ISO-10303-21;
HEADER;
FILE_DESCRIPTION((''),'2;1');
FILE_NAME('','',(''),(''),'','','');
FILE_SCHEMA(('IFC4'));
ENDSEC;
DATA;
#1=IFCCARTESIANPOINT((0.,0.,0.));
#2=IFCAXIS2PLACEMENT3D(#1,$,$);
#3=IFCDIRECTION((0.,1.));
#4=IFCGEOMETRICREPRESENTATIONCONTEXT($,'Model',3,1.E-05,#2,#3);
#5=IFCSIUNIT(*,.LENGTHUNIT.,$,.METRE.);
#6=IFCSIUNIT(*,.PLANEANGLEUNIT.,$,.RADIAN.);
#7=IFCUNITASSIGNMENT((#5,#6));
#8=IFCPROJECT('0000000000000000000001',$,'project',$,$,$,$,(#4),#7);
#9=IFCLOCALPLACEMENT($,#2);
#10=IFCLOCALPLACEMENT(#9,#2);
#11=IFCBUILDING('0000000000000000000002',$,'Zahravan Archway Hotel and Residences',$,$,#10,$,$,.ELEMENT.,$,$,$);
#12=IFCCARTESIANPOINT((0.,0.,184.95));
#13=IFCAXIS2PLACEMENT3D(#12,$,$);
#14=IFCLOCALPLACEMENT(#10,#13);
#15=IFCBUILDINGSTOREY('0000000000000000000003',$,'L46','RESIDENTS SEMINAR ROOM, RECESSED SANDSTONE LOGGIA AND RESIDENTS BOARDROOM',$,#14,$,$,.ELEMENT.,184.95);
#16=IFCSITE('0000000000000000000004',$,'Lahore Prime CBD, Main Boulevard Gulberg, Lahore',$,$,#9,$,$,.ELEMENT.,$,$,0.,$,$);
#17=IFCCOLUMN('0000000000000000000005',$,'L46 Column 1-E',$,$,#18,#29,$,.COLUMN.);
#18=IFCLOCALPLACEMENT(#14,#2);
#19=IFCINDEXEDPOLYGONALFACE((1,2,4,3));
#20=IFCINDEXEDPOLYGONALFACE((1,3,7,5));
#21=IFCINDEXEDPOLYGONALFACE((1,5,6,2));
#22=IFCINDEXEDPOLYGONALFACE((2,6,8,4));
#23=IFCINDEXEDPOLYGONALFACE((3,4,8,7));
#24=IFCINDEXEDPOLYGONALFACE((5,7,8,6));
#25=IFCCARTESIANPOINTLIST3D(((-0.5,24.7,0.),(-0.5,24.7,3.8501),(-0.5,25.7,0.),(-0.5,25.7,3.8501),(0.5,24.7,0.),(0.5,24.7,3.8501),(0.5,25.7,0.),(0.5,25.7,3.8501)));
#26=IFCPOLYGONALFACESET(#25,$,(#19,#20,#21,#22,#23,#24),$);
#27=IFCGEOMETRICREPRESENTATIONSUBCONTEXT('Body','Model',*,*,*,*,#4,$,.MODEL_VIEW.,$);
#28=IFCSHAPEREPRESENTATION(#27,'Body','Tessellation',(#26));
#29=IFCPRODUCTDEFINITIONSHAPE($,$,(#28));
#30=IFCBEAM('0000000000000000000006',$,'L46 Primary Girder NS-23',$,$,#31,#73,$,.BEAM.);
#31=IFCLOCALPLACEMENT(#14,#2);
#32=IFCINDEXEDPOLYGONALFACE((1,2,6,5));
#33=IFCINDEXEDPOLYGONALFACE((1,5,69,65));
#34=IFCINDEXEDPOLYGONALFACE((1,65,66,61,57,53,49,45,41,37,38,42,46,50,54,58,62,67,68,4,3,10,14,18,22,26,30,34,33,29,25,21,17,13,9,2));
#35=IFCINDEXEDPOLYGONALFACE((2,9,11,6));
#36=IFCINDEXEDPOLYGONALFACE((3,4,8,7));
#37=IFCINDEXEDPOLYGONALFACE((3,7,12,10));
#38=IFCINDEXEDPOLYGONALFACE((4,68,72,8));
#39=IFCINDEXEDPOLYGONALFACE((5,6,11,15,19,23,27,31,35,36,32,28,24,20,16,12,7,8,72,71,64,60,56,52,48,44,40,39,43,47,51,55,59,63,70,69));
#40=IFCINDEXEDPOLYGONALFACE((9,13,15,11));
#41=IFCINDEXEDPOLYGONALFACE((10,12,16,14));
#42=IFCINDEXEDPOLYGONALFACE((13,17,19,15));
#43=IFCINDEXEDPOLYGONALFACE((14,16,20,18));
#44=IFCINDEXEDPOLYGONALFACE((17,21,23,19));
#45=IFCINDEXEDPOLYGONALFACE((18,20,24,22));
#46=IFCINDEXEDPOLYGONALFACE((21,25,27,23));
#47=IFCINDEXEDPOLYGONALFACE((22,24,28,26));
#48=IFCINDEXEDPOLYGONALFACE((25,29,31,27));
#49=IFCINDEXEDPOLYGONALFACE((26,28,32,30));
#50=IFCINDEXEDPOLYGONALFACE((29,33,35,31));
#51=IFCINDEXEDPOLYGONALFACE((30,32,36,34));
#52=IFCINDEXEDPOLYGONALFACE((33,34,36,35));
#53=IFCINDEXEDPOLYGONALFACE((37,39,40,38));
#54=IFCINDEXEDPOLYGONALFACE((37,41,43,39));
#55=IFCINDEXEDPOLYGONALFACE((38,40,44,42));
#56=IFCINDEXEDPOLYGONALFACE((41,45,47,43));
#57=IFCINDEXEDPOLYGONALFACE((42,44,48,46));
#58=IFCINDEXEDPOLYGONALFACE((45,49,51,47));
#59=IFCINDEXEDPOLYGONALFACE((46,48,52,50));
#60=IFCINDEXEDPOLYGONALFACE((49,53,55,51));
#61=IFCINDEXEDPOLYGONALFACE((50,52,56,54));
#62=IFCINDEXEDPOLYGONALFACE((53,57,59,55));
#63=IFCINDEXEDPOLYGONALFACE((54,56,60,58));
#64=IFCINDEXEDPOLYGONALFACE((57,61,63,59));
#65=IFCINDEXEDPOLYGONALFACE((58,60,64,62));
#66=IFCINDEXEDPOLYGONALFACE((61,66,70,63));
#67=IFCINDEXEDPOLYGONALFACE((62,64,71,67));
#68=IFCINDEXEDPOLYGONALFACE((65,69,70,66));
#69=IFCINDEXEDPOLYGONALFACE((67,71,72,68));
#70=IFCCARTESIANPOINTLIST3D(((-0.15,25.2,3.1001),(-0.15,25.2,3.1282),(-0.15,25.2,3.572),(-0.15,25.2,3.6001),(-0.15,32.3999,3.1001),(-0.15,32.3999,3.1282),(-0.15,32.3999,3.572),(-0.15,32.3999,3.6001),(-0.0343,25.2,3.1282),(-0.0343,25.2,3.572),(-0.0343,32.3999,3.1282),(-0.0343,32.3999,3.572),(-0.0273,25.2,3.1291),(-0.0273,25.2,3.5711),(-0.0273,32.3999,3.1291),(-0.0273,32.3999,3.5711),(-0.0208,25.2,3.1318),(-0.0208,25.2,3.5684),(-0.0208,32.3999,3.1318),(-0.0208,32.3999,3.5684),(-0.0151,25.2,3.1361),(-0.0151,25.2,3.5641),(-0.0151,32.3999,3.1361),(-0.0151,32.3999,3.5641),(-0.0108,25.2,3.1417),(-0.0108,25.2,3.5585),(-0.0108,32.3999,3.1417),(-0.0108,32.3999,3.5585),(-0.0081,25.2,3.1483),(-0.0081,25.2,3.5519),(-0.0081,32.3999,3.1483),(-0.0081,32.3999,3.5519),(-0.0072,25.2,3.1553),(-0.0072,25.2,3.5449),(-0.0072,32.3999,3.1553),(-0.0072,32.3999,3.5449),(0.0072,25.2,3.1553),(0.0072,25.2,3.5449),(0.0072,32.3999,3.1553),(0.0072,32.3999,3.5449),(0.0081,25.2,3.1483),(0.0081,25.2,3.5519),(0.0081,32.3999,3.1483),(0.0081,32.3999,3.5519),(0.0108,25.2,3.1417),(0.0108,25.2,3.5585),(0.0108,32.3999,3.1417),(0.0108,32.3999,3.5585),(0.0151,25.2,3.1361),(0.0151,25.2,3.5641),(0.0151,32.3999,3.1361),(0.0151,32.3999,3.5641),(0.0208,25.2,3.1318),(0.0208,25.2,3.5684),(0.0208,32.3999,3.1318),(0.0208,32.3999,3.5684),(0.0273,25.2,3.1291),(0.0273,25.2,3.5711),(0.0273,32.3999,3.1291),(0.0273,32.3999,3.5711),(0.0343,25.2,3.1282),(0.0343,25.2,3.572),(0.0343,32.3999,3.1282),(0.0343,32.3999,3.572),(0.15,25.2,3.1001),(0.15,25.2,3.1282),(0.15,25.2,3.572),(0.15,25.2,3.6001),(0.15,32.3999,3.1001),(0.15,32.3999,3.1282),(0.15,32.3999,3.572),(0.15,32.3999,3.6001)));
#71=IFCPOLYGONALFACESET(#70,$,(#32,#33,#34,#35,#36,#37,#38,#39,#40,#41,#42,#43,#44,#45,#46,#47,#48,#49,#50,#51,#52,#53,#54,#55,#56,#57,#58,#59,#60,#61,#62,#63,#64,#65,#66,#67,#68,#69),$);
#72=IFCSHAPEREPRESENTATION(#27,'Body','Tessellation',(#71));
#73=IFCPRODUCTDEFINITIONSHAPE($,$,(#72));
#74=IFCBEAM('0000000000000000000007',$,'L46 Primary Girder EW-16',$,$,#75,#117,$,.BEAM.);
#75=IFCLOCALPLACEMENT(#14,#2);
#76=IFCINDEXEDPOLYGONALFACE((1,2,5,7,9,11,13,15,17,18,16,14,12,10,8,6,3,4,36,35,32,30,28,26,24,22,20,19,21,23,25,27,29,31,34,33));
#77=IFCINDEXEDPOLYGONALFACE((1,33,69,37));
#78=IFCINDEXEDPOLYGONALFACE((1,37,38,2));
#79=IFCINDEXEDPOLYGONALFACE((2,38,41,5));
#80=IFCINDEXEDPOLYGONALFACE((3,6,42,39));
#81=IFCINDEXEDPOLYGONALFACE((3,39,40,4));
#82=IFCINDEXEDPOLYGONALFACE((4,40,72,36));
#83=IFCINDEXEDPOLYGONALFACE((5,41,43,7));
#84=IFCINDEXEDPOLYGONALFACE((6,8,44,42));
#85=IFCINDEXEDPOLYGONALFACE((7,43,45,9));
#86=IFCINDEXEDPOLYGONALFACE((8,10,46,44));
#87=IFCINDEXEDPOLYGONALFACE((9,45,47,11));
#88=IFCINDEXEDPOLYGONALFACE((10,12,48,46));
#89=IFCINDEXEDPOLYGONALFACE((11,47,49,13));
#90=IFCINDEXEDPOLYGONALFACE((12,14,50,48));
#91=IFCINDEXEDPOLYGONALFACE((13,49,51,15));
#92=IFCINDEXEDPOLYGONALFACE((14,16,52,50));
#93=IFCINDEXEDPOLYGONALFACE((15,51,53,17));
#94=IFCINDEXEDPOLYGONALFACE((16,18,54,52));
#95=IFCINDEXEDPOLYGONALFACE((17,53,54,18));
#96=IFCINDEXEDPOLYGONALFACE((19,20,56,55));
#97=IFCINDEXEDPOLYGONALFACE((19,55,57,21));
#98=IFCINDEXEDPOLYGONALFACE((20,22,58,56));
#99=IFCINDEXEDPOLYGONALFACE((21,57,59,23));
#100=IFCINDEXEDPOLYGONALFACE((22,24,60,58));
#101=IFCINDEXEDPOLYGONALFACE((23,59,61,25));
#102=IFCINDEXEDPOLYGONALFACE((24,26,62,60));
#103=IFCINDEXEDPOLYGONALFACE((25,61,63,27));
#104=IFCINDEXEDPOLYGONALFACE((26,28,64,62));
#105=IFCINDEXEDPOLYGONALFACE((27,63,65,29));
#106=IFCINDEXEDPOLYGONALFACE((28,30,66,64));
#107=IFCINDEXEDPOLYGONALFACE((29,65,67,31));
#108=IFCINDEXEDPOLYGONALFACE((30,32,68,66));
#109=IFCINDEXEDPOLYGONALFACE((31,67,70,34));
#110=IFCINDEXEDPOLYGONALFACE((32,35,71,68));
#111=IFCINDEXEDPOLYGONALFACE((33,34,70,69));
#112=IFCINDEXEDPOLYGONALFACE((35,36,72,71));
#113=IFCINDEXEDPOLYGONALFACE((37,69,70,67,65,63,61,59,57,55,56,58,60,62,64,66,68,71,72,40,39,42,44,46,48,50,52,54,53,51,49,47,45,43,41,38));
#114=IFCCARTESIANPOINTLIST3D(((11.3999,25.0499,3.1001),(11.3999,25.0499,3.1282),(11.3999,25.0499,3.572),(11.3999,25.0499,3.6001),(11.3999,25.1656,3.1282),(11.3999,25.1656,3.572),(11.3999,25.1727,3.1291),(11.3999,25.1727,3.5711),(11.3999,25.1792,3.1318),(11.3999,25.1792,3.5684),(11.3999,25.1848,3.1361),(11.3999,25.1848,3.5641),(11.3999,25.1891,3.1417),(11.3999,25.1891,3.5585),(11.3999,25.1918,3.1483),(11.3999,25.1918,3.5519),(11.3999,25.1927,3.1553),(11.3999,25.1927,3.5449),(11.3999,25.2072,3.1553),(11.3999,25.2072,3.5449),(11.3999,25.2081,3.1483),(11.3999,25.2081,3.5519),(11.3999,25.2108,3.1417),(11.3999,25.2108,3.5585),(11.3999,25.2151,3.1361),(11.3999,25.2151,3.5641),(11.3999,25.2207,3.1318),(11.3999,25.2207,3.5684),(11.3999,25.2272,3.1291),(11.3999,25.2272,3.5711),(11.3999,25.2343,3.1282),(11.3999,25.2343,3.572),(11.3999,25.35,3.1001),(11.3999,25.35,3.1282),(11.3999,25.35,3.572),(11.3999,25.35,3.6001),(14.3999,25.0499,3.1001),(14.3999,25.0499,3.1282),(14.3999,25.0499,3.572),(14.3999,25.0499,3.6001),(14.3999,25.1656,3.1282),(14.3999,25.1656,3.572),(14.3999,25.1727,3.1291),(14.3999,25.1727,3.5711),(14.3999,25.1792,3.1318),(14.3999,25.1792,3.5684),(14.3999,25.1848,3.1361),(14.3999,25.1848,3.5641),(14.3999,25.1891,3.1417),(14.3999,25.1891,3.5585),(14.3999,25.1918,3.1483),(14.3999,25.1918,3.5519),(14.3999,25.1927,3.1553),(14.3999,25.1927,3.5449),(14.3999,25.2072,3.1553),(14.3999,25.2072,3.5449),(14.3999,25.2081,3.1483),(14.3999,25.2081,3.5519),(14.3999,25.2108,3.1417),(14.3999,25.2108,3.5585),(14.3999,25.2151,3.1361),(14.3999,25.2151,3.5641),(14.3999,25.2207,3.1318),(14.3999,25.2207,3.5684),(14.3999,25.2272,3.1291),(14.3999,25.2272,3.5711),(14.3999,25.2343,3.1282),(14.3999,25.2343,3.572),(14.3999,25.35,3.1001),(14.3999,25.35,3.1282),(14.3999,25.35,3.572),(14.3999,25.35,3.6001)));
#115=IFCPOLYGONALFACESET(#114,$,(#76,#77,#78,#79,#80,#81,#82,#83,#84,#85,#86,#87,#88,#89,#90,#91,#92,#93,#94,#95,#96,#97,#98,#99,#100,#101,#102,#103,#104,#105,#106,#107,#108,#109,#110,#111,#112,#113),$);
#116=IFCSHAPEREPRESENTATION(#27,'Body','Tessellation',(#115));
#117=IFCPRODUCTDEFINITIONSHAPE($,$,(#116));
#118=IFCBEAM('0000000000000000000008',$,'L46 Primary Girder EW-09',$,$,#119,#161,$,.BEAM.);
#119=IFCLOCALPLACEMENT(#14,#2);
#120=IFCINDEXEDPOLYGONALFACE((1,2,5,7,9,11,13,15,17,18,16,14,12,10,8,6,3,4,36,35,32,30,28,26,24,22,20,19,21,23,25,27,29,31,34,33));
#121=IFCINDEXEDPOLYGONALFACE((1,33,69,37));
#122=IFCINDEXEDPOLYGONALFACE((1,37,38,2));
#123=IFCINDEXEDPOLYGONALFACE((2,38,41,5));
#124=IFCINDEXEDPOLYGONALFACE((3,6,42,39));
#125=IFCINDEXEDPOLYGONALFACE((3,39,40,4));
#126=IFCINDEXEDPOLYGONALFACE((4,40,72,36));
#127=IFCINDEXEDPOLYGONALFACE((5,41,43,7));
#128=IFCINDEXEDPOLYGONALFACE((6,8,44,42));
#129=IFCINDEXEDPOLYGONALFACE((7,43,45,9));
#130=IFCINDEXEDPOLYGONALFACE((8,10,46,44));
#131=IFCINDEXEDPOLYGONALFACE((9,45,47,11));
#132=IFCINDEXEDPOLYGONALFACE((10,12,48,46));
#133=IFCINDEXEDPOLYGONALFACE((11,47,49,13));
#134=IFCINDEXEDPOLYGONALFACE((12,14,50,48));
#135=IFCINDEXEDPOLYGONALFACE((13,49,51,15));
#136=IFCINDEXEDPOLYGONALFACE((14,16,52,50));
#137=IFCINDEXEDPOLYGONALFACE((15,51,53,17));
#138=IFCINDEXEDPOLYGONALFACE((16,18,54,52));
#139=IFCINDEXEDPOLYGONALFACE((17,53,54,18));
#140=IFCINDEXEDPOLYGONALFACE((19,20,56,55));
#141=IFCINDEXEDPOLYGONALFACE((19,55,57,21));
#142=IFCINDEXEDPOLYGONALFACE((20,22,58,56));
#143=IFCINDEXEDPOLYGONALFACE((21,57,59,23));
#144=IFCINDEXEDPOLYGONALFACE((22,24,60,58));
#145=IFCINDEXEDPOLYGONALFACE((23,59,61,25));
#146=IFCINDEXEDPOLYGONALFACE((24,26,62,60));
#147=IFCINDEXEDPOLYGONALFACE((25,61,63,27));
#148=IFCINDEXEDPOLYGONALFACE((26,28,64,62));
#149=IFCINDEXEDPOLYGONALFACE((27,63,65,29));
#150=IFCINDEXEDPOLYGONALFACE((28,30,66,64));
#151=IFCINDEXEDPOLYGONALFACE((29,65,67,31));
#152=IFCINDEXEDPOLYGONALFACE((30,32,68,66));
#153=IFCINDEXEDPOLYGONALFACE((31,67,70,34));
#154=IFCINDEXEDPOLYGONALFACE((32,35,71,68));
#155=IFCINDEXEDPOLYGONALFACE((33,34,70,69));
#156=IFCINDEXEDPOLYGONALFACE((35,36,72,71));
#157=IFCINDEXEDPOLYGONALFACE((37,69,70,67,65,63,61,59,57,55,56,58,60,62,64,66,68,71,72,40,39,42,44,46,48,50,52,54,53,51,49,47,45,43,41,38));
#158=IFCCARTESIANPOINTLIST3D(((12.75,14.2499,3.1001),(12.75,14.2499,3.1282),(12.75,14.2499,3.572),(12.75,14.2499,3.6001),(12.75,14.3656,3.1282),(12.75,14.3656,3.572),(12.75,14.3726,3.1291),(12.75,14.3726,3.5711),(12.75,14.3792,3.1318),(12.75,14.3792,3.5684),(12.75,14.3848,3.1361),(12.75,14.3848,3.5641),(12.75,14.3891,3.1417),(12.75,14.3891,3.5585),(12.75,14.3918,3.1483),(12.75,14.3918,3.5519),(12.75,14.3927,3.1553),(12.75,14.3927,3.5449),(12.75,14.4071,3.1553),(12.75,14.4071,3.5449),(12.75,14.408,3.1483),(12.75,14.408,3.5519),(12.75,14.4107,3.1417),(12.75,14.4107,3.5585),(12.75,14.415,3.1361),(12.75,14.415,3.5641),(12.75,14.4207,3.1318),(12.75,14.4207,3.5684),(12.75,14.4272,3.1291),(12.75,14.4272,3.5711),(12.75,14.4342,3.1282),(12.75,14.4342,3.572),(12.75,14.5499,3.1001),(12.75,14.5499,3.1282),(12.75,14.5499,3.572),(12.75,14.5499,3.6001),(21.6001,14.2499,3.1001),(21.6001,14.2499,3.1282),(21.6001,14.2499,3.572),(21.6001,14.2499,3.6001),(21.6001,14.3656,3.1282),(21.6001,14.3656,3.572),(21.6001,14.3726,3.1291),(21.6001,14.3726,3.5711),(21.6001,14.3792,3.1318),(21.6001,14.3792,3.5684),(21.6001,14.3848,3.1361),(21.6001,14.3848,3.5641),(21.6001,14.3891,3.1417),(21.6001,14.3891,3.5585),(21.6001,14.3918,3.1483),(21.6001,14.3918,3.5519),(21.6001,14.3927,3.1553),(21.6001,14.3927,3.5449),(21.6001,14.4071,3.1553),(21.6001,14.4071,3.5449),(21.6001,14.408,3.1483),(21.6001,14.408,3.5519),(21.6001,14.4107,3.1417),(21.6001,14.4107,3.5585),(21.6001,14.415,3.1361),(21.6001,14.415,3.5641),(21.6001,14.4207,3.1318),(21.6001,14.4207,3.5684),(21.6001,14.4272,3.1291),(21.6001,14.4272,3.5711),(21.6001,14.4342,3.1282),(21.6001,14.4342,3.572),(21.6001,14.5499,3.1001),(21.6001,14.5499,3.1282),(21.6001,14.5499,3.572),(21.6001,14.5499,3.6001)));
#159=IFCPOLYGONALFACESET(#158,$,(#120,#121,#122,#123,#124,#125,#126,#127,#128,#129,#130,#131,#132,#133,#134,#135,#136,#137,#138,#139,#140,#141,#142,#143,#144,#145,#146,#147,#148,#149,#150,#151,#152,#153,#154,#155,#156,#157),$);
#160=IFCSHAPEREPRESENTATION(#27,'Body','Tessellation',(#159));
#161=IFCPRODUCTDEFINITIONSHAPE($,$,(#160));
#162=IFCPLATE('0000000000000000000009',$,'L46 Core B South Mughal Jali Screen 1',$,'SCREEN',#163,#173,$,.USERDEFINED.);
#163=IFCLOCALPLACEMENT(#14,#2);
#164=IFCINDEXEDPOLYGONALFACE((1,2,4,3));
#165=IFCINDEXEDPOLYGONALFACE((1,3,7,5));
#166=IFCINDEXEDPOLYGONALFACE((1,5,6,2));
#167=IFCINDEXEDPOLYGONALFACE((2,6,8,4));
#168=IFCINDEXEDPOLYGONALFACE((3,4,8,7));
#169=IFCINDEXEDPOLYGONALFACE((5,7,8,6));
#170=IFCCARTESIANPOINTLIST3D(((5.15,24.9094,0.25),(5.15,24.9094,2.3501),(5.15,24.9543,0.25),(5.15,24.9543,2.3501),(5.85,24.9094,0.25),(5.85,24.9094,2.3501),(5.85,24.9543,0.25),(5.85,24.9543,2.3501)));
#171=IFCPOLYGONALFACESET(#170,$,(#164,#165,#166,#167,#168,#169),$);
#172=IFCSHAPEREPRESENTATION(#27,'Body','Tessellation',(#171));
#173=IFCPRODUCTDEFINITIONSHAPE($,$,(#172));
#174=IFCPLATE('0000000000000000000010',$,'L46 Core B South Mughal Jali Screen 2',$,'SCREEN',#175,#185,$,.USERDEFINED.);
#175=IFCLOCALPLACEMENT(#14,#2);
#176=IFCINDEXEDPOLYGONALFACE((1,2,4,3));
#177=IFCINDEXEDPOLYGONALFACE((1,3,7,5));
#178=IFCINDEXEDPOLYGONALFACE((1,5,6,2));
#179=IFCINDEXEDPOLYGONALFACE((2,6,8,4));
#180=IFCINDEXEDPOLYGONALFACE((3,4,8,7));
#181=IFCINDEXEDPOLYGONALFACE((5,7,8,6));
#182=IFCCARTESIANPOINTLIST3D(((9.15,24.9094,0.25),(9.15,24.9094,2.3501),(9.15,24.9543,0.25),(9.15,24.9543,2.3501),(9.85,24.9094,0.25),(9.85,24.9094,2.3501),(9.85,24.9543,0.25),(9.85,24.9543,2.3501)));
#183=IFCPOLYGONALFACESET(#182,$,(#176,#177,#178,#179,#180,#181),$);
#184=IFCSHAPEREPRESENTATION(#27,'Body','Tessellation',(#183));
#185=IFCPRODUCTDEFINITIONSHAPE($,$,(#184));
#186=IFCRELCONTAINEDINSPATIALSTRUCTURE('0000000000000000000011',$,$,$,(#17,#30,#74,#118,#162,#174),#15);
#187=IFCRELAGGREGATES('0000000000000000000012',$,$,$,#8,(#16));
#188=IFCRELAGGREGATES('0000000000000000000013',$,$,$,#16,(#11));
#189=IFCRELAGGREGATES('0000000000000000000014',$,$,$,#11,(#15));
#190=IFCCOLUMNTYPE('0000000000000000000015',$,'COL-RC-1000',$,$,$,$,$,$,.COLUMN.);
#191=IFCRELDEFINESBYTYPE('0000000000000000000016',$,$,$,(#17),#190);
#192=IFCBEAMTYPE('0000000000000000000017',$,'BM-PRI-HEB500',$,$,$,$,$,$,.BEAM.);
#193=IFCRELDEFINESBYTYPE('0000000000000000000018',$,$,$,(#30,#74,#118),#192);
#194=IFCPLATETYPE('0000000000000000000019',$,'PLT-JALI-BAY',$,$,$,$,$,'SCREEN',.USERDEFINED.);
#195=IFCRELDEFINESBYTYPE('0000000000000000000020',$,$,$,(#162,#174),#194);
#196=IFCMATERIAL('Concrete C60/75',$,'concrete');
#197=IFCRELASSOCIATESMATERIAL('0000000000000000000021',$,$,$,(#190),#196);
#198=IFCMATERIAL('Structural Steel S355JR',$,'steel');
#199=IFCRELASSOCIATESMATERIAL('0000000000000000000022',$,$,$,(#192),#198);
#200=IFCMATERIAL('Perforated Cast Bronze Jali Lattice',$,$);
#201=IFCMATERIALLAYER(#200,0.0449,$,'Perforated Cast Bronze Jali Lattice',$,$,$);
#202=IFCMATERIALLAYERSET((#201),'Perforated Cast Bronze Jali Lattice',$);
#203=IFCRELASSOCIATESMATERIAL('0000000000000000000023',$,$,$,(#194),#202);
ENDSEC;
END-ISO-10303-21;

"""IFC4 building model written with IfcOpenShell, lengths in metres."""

from ifc_helpers import new_model, si_unit, direction, frame, origin, origin_2d, place, context, subcontext, project, spatial, rectangle, i_section, extrude, source, transform, mapped, material, layer, layer_set, material_profile, profile_set, type_object, type_shapes, element, save


model = new_model("IFC4")

# Units and contexts
model_context = context("Model", 3, precision=1e-05, world=origin(), true_north=direction((0.0, 1.0)))
body_context = subcontext(model_context, "Body", "Model", "MODEL_VIEW")
ifc_project = project(units=[si_unit("LENGTHUNIT", "METRE"), si_unit("PLANEANGLEUNIT", "RADIAN")], contexts=[model_context])

# Site, building, storey
site_placement = place(None, origin())
site = spatial("IfcSite", under=ifc_project, at=site_placement, Name="Lahore Prime CBD, Main Boulevard Gulberg, Lahore", CompositionType="ELEMENT", RefElevation=0.0)
building_placement = place(site_placement, origin())
building = spatial("IfcBuilding", under=site, at=building_placement, Name="Zahravan Archway Hotel and Residences", CompositionType="ELEMENT")
storey_placement = place(building_placement, frame((0.0, 0.0, 184.95)))
storey = spatial("IfcBuildingStorey", under=building, at=storey_placement, Name="L46", Description="RESIDENTS SEMINAR ROOM, RECESSED SANDSTONE LOGGIA AND RESIDENTS BOARDROOM", CompositionType="ELEMENT", Elevation=184.95)

# Column
ifc_material_1 = material(Name="Concrete C60/75", Category="concrete")
ifc_material_profile_1 = material_profile(ifc_material_1, rectangle(XDim=1.0, YDim=1.0, at=origin_2d()), Name="RC-COL-1000x1000", Category="concrete")
ifc_profile_set_1 = profile_set([ifc_material_profile_1], Name="Concrete C60/75")
column_type = type_object("IfcColumnType", Name="COL-RC-1000", PredefinedType="COLUMN", material=ifc_profile_set_1)
shared_shape_1 = source(origin(), body_context, "Body", "SweptSolid", [
    extrude(rectangle(XDim=1.0, YDim=1.0, at=origin_2d()), origin(), (0.0, 0.0, 1.0), 3.8501),
])
column_placement = place(storey_placement, frame((0.0, 25.2, 0.0), z_axis=(0.0, 0.0, 1.0), x_axis=(1.0, 0.0, 0.0)))
element("IfcColumn", 1, at=column_placement, inside=storey, type_object=column_type, Name="L46 Column 1-E", PredefinedType="COLUMN", context=body_context, shape_type="MappedRepresentation", body=[
    mapped(shared_shape_1, transform((0.0, 0.0, 0.0), scale=1.0)),
])

# Beams
ifc_material_2 = material(Name="Structural Steel S355JR", Category="steel")
ifc_material_profile_2 = material_profile(ifc_material_2, i_section(OverallWidth=0.3, OverallDepth=0.5, WebThickness=0.0144, FlangeThickness=0.0281, FilletRadius=0.0271, at=origin_2d()), Name="HEB 500", Category="steel")
ifc_profile_set_2 = profile_set([ifc_material_profile_2], Name="Structural Steel S355JR")
beam_type = type_object("IfcBeamType", Name="BM-PRI-HEB500", PredefinedType="BEAM", material=ifc_profile_set_2)
shared_shape_2 = source(origin(), body_context, "Body", "SweptSolid", [
    extrude(i_section(OverallWidth=0.3, OverallDepth=0.5, WebThickness=0.0144, FlangeThickness=0.0281, FilletRadius=0.0271, at=origin_2d()), origin(), (0.0, 0.0, 1.0), 7.2),
])
beam_1_placement = place(storey_placement, frame((0.0, 25.2, 3.3501), z_axis=(0.0, 1.0, 0.0), x_axis=(-1.0, 0.0, 0.0)))
element("IfcBeam", 2, at=beam_1_placement, inside=storey, type_object=beam_type, Name="L46 Primary Girder NS-23", PredefinedType="BEAM", context=body_context, shape_type="MappedRepresentation", body=[
    mapped(shared_shape_2, transform((0.0, 0.0, 0.0), scale=1.0)),
])
shared_shape_3 = source(origin(), body_context, "Body", "SweptSolid", [
    extrude(i_section(OverallWidth=0.3, OverallDepth=0.5, WebThickness=0.0144, FlangeThickness=0.0281, FilletRadius=0.0271, at=origin_2d()), origin(), (0.0, 0.0, 1.0), 3.0),
])
beam_2_placement = place(storey_placement, frame((11.3999, 25.2, 3.3501), z_axis=(1.0, 0.0, 0.0), x_axis=(0.0, 1.0, 0.0)))
element("IfcBeam", 3, at=beam_2_placement, inside=storey, type_object=beam_type, Name="L46 Primary Girder EW-16", PredefinedType="BEAM", context=body_context, shape_type="MappedRepresentation", body=[
    mapped(shared_shape_3, transform((0.0, 0.0, 0.0), scale=1.0)),
])
shared_shape_4 = source(origin(), body_context, "Body", "SweptSolid", [
    extrude(i_section(OverallWidth=0.3, OverallDepth=0.5, WebThickness=0.0144, FlangeThickness=0.0281, FilletRadius=0.0271, at=origin_2d()), origin(), (0.0, 0.0, 1.0), 8.8501),
])
beam_3_placement = place(storey_placement, frame((12.75, 14.3999, 3.3501), z_axis=(1.0, 0.0, 0.0), x_axis=(0.0, 1.0, 0.0)))
element("IfcBeam", 4, at=beam_3_placement, inside=storey, type_object=beam_type, Name="L46 Primary Girder EW-09", PredefinedType="BEAM", context=body_context, shape_type="MappedRepresentation", body=[
    mapped(shared_shape_4, transform((0.0, 0.0, 0.0), scale=1.0)),
])

# Plates
ifc_material_3 = material(Name="Perforated Cast Bronze Jali Lattice")
ifc_layer_1 = layer(ifc_material_3, 0.0449, Name="Perforated Cast Bronze Jali Lattice")
ifc_layer_set_1 = layer_set([ifc_layer_1], Name="Perforated Cast Bronze Jali Lattice")
plate_type = type_object("IfcPlateType", Name="PLT-JALI-BAY", ElementType="SCREEN", PredefinedType="USERDEFINED", material=ifc_layer_set_1)
shared_shape_5 = source(origin(), body_context, "Body", "SweptSolid", [
    extrude(rectangle(XDim=0.7, YDim=0.0449, at=origin_2d()), origin(), (0.0, 0.0, 1.0), 2.1001),
])
type_shapes(plate_type, [shared_shape_5])
for number, where, z_axis, x_axis, name in (
    (5, (5.5, 24.9319, 0.25), (0.0, 0.0, 1.0), (1.0, 0.0, 0.0), "L46 Core B South Mughal Jali Screen 1"),
    (6, (9.5, 24.9319, 0.25), (0.0, 0.0, 1.0), (1.0, 0.0, 0.0), "L46 Core B South Mughal Jali Screen 2"),
):
    element("IfcPlate", number, at=place(storey_placement, frame(where, z_axis=z_axis, x_axis=x_axis)), inside=storey, type_object=plate_type, Name=name, ObjectType="SCREEN", PredefinedType="USERDEFINED", context=body_context, shape_type="MappedRepresentation", body=[
        mapped(shared_shape_5, transform((0.0, 0.0, 0.0), scale=1.0)),
    ])

save(model, "model.ifc")
